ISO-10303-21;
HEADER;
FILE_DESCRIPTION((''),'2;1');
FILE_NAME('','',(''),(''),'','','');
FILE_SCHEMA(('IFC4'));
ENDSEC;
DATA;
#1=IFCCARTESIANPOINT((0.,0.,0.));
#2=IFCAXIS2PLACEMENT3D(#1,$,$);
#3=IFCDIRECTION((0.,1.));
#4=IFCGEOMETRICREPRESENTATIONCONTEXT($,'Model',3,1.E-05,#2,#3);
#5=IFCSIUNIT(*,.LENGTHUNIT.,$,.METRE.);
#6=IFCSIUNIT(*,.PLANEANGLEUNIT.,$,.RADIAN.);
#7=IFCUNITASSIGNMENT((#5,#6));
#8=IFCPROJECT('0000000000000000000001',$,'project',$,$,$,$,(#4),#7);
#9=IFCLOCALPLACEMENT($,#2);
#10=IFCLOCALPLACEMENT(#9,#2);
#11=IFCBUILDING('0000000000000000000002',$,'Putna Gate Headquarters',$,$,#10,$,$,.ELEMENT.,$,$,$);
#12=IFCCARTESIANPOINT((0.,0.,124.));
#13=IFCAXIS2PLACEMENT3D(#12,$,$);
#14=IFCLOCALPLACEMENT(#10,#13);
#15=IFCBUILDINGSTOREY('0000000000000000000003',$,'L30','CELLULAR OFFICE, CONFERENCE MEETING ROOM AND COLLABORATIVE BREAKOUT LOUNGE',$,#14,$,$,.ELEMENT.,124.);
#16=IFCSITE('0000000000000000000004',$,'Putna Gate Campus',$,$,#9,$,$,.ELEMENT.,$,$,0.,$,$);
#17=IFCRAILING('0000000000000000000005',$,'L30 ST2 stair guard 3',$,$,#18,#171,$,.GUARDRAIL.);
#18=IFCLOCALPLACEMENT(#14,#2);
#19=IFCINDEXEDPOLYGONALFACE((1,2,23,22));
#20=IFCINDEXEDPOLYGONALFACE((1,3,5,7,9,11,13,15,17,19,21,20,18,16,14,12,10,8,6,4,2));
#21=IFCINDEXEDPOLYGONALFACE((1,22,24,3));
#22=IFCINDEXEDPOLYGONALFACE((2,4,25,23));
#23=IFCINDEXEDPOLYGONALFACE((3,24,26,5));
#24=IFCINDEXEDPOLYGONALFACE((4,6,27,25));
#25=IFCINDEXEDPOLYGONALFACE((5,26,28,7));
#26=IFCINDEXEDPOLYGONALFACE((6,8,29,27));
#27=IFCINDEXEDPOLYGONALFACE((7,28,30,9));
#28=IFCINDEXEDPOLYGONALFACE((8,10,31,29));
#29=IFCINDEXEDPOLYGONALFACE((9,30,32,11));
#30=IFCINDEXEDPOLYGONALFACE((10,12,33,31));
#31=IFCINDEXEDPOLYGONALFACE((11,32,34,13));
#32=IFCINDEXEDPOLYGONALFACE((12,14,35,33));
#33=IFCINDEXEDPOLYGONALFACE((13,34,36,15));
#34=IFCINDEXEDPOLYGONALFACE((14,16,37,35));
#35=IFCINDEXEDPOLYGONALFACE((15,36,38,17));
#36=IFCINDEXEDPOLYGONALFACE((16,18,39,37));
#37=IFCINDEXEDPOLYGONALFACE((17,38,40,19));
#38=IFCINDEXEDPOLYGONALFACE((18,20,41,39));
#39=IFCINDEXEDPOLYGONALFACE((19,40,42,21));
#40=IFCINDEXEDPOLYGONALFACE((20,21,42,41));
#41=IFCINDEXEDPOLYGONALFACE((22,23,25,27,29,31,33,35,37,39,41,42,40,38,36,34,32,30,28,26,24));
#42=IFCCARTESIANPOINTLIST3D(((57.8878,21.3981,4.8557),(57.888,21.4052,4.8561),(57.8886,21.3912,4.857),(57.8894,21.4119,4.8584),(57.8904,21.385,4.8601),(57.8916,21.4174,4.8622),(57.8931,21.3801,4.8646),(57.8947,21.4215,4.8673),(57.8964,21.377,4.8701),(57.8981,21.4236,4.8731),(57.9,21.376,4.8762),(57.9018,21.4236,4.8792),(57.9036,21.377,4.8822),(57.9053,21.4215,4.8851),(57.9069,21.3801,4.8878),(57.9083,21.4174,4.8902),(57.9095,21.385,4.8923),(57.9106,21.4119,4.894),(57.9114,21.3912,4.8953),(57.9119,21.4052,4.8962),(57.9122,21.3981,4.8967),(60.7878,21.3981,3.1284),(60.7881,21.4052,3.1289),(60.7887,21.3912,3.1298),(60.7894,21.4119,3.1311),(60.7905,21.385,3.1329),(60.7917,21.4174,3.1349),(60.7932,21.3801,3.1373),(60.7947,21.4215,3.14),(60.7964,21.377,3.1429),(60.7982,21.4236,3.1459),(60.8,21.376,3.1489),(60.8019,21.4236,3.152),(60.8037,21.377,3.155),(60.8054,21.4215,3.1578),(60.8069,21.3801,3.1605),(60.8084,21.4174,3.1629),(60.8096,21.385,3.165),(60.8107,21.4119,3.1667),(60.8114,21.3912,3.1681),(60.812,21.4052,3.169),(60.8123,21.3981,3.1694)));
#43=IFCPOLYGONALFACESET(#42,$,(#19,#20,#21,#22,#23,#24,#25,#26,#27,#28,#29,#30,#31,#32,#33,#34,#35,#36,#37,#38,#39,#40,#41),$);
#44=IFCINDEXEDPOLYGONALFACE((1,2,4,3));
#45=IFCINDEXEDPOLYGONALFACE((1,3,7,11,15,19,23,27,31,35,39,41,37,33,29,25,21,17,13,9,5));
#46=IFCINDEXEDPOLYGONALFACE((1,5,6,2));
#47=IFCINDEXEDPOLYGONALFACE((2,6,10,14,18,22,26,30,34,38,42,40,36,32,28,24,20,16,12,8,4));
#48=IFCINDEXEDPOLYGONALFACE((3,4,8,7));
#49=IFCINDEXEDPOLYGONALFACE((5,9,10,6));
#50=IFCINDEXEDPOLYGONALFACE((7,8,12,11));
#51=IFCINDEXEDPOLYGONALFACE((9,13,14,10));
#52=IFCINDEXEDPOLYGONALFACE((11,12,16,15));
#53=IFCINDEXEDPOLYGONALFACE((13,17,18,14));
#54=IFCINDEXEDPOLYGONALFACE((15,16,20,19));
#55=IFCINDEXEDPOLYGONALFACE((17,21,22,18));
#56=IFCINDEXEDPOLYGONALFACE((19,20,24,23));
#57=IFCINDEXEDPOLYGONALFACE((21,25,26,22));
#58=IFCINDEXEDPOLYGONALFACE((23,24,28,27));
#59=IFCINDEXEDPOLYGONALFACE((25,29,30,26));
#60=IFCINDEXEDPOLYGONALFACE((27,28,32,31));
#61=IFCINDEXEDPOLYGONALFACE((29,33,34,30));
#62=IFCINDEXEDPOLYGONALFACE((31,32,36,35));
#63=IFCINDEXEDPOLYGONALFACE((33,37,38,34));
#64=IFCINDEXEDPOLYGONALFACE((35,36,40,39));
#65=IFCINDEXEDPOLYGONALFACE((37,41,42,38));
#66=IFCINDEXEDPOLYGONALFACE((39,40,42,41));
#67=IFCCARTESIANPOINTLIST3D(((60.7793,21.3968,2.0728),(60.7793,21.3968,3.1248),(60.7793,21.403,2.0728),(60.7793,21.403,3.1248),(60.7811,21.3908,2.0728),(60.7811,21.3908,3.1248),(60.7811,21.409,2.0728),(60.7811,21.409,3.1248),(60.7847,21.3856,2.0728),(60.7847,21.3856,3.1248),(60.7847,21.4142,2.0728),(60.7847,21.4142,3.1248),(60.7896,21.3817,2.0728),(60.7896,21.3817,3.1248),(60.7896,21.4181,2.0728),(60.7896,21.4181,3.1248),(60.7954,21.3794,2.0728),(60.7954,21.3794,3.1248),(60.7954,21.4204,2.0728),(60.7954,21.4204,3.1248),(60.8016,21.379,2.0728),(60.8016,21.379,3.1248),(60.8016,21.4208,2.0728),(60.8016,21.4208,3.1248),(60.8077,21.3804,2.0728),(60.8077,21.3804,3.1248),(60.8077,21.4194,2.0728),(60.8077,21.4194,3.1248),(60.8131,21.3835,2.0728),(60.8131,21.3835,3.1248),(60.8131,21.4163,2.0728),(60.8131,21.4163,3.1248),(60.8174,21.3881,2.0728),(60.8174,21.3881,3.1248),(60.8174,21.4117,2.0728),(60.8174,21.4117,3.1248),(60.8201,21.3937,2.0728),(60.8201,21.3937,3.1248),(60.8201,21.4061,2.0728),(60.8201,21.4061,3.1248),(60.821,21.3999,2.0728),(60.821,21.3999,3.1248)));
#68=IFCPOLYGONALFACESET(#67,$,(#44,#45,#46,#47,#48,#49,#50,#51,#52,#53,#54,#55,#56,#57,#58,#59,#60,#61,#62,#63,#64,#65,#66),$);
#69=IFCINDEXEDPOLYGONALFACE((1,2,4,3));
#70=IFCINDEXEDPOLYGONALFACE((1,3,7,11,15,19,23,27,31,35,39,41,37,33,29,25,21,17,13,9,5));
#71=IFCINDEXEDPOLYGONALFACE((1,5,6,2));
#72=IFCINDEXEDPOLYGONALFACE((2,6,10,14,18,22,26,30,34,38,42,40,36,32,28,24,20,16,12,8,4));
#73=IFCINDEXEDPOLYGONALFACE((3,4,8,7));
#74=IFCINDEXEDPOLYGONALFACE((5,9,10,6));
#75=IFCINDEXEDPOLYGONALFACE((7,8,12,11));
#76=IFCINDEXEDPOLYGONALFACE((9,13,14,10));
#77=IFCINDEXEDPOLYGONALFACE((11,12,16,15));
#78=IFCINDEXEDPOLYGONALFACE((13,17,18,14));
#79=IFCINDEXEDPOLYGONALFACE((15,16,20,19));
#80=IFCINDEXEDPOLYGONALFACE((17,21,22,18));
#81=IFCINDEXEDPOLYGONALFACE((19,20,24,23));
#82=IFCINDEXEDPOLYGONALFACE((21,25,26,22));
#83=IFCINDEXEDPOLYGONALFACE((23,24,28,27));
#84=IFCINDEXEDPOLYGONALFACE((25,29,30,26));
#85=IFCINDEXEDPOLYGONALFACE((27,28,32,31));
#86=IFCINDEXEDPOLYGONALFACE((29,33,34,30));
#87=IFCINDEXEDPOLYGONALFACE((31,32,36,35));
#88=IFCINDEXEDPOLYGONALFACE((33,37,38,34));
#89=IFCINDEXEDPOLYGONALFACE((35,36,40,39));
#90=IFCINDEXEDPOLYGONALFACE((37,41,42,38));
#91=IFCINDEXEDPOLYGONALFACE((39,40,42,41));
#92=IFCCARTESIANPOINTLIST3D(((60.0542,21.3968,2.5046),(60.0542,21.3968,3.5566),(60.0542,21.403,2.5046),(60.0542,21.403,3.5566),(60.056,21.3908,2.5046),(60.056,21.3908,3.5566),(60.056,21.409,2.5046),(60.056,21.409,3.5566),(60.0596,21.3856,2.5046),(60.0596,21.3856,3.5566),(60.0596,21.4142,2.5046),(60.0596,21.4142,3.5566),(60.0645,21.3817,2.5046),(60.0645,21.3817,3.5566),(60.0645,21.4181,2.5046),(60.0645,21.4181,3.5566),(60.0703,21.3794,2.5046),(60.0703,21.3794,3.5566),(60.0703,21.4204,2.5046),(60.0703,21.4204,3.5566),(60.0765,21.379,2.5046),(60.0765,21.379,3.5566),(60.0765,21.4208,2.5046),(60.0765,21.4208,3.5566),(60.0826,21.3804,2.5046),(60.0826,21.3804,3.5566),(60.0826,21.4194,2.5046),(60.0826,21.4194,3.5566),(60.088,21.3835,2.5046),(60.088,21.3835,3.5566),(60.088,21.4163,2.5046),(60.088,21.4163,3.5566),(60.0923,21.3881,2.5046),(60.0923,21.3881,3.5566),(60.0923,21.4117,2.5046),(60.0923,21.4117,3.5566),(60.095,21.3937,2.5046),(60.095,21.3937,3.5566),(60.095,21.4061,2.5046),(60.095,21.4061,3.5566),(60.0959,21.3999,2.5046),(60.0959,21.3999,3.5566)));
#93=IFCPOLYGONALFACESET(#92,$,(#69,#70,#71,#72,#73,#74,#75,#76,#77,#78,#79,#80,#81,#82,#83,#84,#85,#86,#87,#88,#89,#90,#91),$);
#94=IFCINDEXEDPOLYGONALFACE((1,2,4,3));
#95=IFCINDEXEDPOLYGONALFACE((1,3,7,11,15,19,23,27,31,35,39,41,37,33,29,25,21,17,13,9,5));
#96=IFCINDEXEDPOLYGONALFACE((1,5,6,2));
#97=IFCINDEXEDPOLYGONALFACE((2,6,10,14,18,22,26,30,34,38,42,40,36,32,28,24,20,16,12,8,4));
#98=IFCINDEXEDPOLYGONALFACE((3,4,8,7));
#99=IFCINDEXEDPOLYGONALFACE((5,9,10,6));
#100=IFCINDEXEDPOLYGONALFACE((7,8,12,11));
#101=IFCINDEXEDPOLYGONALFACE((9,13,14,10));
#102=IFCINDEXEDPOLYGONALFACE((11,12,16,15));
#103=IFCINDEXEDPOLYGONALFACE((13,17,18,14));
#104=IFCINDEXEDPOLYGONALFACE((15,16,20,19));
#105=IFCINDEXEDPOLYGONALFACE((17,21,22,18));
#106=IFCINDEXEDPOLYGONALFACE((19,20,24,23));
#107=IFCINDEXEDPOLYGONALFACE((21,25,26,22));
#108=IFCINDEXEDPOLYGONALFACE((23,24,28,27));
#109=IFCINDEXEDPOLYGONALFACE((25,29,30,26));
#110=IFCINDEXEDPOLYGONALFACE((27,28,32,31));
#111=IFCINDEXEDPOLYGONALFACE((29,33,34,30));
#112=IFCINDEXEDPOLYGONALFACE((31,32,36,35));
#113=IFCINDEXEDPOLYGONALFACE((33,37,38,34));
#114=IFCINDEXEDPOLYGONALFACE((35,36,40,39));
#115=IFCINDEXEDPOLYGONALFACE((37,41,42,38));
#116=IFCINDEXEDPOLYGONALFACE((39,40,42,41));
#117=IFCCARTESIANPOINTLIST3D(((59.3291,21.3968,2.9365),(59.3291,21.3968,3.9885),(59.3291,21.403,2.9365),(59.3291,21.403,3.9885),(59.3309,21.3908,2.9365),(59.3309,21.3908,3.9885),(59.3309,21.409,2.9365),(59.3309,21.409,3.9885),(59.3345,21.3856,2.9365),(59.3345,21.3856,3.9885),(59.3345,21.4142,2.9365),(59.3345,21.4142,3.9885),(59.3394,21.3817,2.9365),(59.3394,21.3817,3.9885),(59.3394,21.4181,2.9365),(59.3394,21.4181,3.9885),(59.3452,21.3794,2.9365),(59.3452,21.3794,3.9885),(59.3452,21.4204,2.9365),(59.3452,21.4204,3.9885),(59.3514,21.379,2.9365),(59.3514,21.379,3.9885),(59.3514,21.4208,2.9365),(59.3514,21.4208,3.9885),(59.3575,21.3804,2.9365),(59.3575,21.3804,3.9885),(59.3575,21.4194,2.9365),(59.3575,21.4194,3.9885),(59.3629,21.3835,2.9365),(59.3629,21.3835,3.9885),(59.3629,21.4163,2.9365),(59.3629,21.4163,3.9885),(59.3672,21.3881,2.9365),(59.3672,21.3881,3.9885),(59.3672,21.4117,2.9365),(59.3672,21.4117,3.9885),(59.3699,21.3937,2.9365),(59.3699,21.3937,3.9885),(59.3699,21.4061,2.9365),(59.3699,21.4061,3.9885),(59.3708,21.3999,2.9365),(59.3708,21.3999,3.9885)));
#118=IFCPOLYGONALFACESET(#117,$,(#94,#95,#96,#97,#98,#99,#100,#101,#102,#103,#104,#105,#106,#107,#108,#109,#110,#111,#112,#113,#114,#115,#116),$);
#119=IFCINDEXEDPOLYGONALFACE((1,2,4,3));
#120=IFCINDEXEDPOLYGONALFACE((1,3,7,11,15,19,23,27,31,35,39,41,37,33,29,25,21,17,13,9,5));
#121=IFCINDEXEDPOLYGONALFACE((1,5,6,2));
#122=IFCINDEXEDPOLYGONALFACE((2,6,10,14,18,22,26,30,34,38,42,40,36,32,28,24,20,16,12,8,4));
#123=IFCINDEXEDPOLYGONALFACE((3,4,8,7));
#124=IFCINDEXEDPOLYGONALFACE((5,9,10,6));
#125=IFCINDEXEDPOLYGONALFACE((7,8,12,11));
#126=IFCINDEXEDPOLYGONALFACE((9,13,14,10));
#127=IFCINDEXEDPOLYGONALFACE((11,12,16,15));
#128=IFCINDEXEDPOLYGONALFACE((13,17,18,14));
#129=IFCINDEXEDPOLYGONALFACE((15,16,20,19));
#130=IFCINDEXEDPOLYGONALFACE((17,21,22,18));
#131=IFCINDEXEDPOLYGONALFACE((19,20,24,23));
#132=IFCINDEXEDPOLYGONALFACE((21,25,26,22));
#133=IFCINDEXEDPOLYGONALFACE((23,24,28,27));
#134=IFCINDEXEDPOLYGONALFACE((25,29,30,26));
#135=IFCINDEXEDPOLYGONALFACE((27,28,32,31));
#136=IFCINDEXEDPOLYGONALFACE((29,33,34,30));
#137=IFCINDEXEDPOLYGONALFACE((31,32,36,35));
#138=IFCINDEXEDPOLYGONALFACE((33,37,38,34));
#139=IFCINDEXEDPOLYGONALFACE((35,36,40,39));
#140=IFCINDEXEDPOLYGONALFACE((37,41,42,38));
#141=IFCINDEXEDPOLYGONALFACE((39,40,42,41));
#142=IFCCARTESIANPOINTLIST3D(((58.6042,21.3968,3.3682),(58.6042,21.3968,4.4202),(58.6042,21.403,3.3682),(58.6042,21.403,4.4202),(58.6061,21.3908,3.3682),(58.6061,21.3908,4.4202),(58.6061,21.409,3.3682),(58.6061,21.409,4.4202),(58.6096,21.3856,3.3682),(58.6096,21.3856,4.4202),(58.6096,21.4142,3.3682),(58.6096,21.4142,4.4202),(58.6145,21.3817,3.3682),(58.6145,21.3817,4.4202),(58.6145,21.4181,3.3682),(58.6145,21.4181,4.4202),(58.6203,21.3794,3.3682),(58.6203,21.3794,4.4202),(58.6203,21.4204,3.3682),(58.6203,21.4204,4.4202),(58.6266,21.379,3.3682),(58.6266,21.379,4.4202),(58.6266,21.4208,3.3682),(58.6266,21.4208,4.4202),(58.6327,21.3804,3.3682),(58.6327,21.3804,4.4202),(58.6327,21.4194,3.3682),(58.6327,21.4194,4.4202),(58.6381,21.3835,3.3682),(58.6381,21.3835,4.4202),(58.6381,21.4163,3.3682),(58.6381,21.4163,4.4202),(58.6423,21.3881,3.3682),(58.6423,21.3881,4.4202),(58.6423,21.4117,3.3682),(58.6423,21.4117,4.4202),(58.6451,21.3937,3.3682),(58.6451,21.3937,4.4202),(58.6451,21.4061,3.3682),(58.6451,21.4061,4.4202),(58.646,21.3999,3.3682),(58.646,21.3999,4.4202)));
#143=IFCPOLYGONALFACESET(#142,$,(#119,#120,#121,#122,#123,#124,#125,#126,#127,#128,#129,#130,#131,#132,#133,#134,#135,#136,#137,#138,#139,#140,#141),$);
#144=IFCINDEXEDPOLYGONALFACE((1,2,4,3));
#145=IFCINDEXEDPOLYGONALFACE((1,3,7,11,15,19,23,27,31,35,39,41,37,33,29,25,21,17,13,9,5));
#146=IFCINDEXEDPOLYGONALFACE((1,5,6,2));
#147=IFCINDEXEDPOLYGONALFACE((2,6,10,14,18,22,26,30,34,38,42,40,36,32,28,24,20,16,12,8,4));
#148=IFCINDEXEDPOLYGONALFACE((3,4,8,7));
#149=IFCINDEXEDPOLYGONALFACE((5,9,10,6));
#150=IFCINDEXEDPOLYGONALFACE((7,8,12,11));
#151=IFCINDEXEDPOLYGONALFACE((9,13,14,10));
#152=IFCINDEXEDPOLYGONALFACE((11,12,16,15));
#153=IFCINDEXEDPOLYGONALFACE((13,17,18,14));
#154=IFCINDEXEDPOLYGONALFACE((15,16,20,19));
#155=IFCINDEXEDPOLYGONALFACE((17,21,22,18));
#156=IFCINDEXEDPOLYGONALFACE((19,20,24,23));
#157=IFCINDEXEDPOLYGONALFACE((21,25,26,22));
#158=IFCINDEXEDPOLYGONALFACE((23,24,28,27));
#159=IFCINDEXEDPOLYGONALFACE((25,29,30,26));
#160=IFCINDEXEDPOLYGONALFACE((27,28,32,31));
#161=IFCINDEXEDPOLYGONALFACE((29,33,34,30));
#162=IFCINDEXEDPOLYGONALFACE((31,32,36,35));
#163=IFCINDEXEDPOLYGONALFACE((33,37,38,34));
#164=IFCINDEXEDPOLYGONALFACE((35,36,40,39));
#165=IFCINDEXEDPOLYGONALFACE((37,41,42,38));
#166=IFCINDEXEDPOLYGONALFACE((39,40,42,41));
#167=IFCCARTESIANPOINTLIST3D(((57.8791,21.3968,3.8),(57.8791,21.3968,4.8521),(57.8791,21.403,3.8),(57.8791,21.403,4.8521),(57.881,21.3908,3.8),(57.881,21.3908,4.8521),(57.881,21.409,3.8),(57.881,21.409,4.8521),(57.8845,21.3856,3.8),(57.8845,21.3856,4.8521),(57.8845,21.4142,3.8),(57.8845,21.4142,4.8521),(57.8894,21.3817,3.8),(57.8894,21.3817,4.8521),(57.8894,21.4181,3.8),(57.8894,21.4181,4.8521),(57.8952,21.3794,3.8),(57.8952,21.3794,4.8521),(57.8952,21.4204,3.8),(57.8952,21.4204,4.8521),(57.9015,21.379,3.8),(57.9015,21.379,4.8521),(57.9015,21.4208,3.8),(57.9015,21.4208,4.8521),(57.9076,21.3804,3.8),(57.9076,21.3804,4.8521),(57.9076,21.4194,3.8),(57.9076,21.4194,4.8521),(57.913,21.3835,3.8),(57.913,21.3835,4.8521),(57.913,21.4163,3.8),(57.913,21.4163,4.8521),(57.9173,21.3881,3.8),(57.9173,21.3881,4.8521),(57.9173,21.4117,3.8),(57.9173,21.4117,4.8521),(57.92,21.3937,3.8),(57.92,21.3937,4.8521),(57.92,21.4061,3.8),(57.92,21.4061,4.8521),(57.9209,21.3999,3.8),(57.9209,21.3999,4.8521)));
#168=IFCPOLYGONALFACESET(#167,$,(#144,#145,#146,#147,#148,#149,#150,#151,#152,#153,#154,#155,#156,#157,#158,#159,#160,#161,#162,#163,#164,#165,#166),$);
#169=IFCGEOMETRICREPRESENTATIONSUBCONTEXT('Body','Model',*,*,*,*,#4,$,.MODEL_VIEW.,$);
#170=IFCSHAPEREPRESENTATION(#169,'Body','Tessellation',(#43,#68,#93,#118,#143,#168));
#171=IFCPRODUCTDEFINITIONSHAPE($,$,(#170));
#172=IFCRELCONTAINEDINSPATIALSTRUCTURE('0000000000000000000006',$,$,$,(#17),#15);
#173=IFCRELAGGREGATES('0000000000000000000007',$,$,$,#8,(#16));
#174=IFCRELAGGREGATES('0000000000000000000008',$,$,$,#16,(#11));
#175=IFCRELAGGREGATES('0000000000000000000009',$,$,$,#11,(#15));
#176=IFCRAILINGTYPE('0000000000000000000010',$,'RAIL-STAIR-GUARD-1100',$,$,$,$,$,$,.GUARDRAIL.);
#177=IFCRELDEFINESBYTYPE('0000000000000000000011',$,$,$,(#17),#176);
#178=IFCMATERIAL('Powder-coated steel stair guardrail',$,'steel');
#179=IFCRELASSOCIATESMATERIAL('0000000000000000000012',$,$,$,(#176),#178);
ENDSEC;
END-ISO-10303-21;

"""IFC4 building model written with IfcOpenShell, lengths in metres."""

from ifc_helpers import new_model, si_unit, direction, frame, origin, origin_2d, place, context, subcontext, project, spatial, circle, extrude, material, type_object, element, save


model = new_model("IFC4")

# Units and contexts
model_context = context("Model", 3, precision=1e-05, world=origin(), true_north=direction((0.0, 1.0)))
body_context = subcontext(model_context, "Body", "Model", "MODEL_VIEW")
ifc_project = project(units=[si_unit("LENGTHUNIT", "METRE"), si_unit("PLANEANGLEUNIT", "RADIAN")], contexts=[model_context])

# Site, building, storey
site_placement = place(None, origin())
site = spatial("IfcSite", under=ifc_project, at=site_placement, Name="Putna Gate Campus", CompositionType="ELEMENT", RefElevation=0.0)
building_placement = place(site_placement, origin())
building = spatial("IfcBuilding", under=site, at=building_placement, Name="Putna Gate Headquarters", CompositionType="ELEMENT")
storey_placement = place(building_placement, frame((0.0, 0.0, 124.0)))
storey = spatial("IfcBuildingStorey", under=building, at=storey_placement, Name="L30", Description="CELLULAR OFFICE, CONFERENCE MEETING ROOM AND COLLABORATIVE BREAKOUT LOUNGE", CompositionType="ELEMENT", Elevation=124.0)

# Railing
ifc_material_1 = material(Name="Powder-coated steel stair guardrail", Category="steel")
railing_type_1 = type_object("IfcRailingType", Name="RAIL-STAIR-GUARD-1100", PredefinedType="GUARDRAIL", material=ifc_material_1)
railing_1_placement = place(storey_placement, frame((60.8, 21.3999, 2.0728)))
element("IfcRailing", 1, at=railing_1_placement, inside=storey, type_object=railing_type_1, Name="L30 ST2 stair guard 3", PredefinedType="GUARDRAIL", context=body_context, shape_type="SweptSolid", body=[
    extrude(circle(Radius=0.0239, at=origin_2d()), frame((0.0, 0.0, 1.0762), z_axis=(-0.85916, 0.0, 0.511706), x_axis=(0.0, -1.0, 0.0)), (0.0, 0.0, 1.0), 3.3755),
    extrude(circle(Radius=0.021, at=origin_2d()), origin(), (0.0, 0.0, 1.0), 1.052),
    extrude(circle(Radius=0.021, at=origin_2d()), frame((-0.7251, 0.0, 0.4319)), (0.0, 0.0, 1.0), 1.052),
    extrude(circle(Radius=0.021, at=origin_2d()), frame((-1.4502, 0.0, 0.8638)), (0.0, 0.0, 1.0), 1.052),
    extrude(circle(Radius=0.021, at=origin_2d()), frame((-2.175, 0.0, 1.2954)), (0.0, 0.0, 1.0), 1.052),
    extrude(circle(Radius=0.021, at=origin_2d()), frame((-2.9001, 0.0, 1.7273)), (0.0, 0.0, 1.0), 1.052),
])

save(model, "model.ifc")
